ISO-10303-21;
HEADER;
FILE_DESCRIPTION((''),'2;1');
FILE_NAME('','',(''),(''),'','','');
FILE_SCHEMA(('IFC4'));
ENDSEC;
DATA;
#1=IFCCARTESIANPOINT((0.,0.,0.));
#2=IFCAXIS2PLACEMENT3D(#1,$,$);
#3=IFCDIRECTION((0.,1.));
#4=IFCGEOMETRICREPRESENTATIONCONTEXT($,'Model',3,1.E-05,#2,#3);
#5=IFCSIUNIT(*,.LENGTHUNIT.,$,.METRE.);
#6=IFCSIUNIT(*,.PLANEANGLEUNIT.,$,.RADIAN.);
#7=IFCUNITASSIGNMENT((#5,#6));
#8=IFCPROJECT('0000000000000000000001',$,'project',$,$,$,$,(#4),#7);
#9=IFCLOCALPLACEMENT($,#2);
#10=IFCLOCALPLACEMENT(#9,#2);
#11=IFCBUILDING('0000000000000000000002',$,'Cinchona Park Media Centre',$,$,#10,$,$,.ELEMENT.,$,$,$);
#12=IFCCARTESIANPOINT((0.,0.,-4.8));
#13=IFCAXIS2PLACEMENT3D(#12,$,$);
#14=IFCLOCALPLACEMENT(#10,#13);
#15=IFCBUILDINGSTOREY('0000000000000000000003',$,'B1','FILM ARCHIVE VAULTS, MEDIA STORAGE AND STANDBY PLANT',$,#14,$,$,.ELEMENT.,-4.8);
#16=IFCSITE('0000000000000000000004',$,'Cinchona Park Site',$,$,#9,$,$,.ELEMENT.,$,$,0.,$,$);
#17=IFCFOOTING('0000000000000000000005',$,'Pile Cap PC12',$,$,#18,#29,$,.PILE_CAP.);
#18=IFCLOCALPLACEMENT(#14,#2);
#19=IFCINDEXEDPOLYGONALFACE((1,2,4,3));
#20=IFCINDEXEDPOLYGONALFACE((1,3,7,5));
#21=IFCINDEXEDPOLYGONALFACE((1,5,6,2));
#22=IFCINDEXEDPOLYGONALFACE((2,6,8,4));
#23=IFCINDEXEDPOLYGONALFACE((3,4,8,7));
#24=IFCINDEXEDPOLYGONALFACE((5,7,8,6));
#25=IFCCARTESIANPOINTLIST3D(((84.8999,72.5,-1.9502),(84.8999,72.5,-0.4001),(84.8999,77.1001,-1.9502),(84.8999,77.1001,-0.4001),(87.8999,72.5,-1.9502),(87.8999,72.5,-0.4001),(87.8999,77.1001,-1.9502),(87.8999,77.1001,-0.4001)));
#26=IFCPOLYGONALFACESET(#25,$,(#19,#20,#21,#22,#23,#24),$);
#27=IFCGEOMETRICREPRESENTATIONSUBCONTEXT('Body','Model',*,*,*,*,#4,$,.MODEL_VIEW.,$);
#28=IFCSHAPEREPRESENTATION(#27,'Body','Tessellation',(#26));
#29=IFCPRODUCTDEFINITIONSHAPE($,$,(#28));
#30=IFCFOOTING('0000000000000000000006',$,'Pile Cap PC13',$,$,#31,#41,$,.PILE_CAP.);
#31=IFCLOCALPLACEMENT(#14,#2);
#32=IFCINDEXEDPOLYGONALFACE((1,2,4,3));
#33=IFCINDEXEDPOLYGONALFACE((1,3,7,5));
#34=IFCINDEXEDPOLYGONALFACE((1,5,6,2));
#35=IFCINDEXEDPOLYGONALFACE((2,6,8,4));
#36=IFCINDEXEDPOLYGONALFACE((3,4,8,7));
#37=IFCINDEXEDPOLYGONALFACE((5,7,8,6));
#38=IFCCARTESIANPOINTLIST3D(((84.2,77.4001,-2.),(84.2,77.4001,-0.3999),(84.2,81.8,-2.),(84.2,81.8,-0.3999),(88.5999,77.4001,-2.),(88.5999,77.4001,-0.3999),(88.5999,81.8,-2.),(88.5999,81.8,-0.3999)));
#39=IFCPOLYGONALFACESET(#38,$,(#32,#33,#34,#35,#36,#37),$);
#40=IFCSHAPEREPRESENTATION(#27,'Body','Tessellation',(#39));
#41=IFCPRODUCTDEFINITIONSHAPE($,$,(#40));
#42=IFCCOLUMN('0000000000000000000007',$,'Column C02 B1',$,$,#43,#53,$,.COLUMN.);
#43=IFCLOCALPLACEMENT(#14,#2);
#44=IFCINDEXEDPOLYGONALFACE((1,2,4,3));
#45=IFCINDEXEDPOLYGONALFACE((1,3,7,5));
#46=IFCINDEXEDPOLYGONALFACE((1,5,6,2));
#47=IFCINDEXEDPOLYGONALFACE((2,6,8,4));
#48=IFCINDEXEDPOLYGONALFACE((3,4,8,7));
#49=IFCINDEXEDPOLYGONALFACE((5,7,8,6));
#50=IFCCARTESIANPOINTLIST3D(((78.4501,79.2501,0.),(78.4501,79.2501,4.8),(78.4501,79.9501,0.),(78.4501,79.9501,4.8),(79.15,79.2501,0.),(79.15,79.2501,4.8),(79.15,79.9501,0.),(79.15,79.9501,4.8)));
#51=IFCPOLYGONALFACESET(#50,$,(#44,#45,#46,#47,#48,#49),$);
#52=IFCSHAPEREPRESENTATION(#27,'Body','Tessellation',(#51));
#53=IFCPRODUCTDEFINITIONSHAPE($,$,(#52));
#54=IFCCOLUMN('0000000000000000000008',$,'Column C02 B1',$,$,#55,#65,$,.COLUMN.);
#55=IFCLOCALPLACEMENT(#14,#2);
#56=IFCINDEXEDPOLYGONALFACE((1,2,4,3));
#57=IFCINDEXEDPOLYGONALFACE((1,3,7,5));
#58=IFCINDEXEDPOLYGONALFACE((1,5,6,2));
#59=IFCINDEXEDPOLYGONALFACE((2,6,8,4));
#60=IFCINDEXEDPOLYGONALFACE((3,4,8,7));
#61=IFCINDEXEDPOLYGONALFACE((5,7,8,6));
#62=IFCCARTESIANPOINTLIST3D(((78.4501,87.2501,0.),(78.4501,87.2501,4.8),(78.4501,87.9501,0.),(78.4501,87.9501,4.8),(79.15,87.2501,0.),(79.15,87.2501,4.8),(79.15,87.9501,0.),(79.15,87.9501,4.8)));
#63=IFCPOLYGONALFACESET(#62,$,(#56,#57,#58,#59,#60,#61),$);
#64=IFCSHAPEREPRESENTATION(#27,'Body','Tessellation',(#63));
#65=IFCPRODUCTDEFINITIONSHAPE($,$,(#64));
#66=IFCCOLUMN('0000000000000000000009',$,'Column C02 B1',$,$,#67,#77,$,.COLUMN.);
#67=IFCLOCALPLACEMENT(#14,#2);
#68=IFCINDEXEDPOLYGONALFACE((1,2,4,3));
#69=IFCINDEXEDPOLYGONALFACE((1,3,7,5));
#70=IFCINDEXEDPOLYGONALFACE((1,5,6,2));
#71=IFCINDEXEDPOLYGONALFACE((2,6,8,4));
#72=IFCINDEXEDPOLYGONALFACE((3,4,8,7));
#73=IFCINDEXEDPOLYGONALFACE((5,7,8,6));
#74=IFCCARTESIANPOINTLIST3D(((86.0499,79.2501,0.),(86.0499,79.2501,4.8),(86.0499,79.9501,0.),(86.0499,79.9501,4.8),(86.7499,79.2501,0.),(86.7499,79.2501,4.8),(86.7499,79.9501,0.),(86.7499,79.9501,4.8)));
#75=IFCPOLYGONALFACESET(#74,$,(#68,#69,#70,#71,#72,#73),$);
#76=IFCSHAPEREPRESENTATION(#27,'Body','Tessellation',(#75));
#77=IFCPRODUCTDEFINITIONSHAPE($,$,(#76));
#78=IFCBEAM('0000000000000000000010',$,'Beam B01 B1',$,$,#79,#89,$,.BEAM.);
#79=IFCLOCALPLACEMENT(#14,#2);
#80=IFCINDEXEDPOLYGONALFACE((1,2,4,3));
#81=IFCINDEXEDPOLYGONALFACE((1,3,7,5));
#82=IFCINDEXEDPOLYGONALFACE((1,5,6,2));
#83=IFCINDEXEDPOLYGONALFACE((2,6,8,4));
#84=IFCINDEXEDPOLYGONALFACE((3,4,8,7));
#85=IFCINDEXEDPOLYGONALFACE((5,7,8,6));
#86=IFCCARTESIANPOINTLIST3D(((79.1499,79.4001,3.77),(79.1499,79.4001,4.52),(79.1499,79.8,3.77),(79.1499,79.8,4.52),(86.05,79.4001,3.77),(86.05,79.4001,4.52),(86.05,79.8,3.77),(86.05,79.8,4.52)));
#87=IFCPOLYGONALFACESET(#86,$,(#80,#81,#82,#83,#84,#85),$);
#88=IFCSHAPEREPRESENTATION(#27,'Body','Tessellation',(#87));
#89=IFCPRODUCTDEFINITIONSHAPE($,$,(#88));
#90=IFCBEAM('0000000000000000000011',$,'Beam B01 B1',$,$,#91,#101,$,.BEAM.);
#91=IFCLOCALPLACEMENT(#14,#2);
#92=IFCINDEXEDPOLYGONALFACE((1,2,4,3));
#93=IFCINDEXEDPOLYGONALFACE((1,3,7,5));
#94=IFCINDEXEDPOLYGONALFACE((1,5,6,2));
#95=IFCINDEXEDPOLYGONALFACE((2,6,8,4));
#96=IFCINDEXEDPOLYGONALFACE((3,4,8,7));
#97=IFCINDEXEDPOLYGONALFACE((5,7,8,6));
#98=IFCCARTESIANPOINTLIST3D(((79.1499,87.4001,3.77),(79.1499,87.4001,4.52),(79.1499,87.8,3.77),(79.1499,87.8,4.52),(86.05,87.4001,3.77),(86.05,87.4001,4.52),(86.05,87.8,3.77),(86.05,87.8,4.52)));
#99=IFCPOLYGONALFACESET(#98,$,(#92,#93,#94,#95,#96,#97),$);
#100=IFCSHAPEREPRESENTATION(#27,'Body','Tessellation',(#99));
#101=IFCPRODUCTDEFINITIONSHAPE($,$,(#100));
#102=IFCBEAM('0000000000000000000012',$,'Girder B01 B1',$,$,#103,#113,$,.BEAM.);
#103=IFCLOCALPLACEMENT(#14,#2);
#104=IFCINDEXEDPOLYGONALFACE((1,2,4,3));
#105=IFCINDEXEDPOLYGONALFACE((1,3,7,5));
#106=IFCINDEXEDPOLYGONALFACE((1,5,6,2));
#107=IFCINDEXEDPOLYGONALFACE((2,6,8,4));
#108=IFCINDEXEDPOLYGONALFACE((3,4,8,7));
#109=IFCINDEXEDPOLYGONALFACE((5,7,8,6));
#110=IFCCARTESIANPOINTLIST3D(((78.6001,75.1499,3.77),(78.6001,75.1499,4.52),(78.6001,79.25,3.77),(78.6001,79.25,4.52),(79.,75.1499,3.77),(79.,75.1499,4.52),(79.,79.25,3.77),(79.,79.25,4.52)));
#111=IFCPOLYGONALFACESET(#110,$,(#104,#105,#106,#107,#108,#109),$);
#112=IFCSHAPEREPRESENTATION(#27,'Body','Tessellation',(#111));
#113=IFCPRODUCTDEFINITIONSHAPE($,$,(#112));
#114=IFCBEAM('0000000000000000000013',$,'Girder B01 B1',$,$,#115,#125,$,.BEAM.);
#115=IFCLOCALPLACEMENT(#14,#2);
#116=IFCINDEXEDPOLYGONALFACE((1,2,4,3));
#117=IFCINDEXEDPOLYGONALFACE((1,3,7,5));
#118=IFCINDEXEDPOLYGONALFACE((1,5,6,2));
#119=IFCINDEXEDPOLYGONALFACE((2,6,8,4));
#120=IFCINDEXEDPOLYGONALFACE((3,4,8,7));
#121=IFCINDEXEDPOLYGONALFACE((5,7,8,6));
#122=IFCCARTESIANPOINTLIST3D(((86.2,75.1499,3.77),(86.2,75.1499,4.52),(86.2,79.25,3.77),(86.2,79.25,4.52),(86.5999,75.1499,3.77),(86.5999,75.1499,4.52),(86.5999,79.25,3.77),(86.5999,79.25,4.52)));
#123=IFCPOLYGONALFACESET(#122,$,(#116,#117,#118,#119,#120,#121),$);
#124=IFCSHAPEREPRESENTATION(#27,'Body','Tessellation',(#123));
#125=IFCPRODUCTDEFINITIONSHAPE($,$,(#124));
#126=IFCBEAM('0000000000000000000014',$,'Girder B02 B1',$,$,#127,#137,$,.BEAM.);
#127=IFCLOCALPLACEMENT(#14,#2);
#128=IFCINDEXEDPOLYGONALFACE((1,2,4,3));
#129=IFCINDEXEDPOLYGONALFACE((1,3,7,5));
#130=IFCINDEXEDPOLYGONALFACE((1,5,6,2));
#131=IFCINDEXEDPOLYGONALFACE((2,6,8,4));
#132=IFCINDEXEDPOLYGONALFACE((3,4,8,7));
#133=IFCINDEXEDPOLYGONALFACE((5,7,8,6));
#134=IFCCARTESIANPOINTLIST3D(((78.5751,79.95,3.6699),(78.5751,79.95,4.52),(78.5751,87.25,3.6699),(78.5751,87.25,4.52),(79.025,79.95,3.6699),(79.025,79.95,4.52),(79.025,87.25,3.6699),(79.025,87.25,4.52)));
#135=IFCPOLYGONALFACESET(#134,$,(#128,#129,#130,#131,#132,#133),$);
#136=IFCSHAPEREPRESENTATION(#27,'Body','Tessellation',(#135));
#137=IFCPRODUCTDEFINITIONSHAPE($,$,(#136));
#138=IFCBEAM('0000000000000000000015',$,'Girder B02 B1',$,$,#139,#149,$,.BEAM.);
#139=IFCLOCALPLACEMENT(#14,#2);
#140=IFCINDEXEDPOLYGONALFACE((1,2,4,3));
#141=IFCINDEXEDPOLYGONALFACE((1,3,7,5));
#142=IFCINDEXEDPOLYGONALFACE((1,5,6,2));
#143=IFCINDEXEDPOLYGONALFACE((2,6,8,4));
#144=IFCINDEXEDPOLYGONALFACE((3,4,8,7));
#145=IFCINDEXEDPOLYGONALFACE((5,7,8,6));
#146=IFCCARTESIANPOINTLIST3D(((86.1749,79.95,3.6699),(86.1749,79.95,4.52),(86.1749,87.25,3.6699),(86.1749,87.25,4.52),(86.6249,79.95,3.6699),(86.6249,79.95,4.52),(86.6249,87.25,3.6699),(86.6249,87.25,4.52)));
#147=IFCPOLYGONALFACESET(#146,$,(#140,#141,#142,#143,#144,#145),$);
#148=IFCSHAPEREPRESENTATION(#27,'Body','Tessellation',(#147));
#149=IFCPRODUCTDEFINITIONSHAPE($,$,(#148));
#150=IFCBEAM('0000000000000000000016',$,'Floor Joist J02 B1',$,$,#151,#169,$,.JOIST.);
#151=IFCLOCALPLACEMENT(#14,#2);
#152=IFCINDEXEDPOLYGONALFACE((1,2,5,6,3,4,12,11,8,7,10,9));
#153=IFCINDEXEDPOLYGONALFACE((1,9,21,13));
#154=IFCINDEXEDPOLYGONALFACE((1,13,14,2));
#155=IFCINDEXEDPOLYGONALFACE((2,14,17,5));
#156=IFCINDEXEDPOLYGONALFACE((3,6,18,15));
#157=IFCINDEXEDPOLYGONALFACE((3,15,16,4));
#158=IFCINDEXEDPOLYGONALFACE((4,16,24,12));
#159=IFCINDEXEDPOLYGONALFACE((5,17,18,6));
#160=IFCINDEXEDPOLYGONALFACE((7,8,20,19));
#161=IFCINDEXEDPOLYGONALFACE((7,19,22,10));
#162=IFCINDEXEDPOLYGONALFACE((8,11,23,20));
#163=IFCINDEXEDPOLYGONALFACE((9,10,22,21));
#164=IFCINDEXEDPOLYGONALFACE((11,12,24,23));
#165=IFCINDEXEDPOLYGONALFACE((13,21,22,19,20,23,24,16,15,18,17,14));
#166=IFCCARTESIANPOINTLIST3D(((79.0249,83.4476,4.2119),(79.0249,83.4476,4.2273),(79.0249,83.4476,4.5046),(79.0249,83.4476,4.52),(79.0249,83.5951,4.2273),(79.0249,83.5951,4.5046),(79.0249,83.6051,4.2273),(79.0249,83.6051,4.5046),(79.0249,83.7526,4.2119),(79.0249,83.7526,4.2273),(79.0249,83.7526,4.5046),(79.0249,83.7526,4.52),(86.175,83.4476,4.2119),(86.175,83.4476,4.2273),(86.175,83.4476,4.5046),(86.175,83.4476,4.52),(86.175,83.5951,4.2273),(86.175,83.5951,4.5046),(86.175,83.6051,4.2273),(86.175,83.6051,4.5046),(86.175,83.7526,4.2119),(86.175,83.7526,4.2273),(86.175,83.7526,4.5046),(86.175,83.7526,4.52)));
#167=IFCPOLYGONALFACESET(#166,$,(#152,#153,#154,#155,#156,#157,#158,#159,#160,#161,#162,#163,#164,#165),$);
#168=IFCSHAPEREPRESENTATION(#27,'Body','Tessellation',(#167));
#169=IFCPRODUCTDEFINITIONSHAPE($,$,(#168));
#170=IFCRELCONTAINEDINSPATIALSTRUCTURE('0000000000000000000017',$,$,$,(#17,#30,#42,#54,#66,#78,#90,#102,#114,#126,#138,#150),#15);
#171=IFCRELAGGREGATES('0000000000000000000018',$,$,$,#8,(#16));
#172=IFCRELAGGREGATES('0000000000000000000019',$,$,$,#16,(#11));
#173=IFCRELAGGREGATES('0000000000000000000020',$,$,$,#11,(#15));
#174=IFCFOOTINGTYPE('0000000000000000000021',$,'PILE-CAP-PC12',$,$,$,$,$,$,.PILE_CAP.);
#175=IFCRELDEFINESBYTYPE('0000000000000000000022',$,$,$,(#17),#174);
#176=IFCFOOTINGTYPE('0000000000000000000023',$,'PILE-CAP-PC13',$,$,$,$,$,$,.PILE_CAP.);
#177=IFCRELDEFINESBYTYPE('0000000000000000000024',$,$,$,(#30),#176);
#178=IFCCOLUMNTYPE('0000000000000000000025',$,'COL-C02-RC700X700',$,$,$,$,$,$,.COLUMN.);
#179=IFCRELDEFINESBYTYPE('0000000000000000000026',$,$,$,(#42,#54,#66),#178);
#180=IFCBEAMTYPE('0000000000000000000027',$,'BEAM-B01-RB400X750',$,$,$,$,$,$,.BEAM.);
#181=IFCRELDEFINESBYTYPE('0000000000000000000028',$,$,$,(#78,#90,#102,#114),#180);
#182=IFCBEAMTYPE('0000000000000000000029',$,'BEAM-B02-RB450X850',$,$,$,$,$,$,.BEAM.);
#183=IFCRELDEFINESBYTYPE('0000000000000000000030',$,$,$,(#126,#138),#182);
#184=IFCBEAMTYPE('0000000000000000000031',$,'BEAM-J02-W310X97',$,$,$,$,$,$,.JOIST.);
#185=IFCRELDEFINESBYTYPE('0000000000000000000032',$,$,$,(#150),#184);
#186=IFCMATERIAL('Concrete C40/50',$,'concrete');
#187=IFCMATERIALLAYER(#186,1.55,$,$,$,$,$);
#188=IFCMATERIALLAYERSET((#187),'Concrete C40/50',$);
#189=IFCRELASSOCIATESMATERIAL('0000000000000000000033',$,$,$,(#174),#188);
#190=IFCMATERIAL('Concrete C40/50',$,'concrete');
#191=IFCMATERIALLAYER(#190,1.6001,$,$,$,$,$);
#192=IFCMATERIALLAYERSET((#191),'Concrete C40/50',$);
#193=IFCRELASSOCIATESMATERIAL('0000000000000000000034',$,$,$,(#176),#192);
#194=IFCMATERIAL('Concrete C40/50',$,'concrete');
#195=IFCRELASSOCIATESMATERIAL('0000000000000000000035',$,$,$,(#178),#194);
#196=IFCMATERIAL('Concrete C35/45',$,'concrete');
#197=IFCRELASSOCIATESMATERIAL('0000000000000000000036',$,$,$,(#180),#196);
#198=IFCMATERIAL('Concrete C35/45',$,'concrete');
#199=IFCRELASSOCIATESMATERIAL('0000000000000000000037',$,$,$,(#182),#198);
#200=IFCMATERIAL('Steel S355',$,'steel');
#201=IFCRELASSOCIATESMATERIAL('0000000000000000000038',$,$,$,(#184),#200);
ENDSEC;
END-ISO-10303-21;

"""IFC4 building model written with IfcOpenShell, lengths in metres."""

from ifc_helpers import new_model, si_unit, direction, frame, origin, origin_2d, place, context, subcontext, project, spatial, rectangle, i_section, extrude, material, layer, layer_set, material_profile, profile_set, type_object, element, save


model = new_model("IFC4")

# Units and contexts
model_context = context("Model", 3, precision=1e-05, world=origin(), true_north=direction((0.0, 1.0)))
body_context = subcontext(model_context, "Body", "Model", "MODEL_VIEW")
ifc_project = project(units=[si_unit("LENGTHUNIT", "METRE"), si_unit("PLANEANGLEUNIT", "RADIAN")], contexts=[model_context])

# Site, building, storey
site_placement = place(None, origin())
site = spatial("IfcSite", under=ifc_project, at=site_placement, Name="Cinchona Park Site", CompositionType="ELEMENT", RefElevation=0.0)
building_placement = place(site_placement, origin())
building = spatial("IfcBuilding", under=site, at=building_placement, Name="Cinchona Park Media Centre", CompositionType="ELEMENT")
storey_placement = place(building_placement, frame((0.0, 0.0, -4.8)))
storey = spatial("IfcBuildingStorey", under=building, at=storey_placement, Name="B1", Description="FILM ARCHIVE VAULTS, MEDIA STORAGE AND STANDBY PLANT", CompositionType="ELEMENT", Elevation=-4.8)

# Footings
ifc_material_1 = material(Name="Concrete C40/50", Category="concrete")
ifc_layer_1 = layer(ifc_material_1, 1.55)
ifc_layer_set_1 = layer_set([ifc_layer_1], Name="Concrete C40/50")
footing_type_1 = type_object("IfcFootingType", Name="PILE-CAP-PC12", PredefinedType="PILE_CAP", material=ifc_layer_set_1)
footing_1_placement = place(storey_placement, frame((86.3999, 74.8, -1.9502), z_axis=(0.0, 0.0, 1.0), x_axis=(1.0, 0.0, 0.0)))
element("IfcFooting", 1, at=footing_1_placement, inside=storey, type_object=footing_type_1, Name="Pile Cap PC12", PredefinedType="PILE_CAP", context=body_context, shape_type="SweptSolid", body=[
    extrude(rectangle(XDim=3.0, YDim=4.6001, at=origin_2d()), origin(), (0.0, 0.0, 1.0), 1.55),
])
ifc_material_2 = material(Name="Concrete C40/50", Category="concrete")
ifc_layer_2 = layer(ifc_material_2, 1.6001)
ifc_layer_set_2 = layer_set([ifc_layer_2], Name="Concrete C40/50")
footing_type_2 = type_object("IfcFootingType", Name="PILE-CAP-PC13", PredefinedType="PILE_CAP", material=ifc_layer_set_2)
footing_2_placement = place(storey_placement, frame((86.3999, 79.6001, -2.0), z_axis=(0.0, 0.0, 1.0), x_axis=(1.0, 0.0, 0.0)))
element("IfcFooting", 2, at=footing_2_placement, inside=storey, type_object=footing_type_2, Name="Pile Cap PC13", PredefinedType="PILE_CAP", context=body_context, shape_type="SweptSolid", body=[
    extrude(rectangle(XDim=4.3999, YDim=4.3999, at=origin_2d()), origin(), (0.0, 0.0, 1.0), 1.6001),
])

# Columns
ifc_material_3 = material(Name="Concrete C40/50", Category="concrete")
ifc_material_profile_1 = material_profile(ifc_material_3, rectangle(XDim=0.7, YDim=0.7, at=origin_2d()), Name="RC 700X700")
ifc_profile_set_1 = profile_set([ifc_material_profile_1], Name="Concrete C40/50")
column_type = type_object("IfcColumnType", Name="COL-C02-RC700X700", PredefinedType="COLUMN", material=ifc_profile_set_1)
for number, where, z_axis, x_axis, name in (
    (3, (78.8, 79.6001, 0.0), (0.0, 0.0, 1.0), (1.0, 0.0, 0.0), "Column C02 B1"),
    (4, (78.8, 87.6001, 0.0), (0.0, 0.0, 1.0), (1.0, 0.0, 0.0), "Column C02 B1"),
    (5, (86.3999, 79.6001, 0.0), (0.0, 0.0, 1.0), (1.0, 0.0, 0.0), "Column C02 B1"),
):
    element("IfcColumn", number, at=place(storey_placement, frame(where, z_axis=z_axis, x_axis=x_axis)), inside=storey, type_object=column_type, Name=name, PredefinedType="COLUMN", context=body_context, shape_type="SweptSolid", body=[
        extrude(rectangle(XDim=0.7, YDim=0.7, at=origin_2d()), origin(), (0.0, 0.0, 1.0), 4.8),
    ])

# Beams
ifc_material_4 = material(Name="Concrete C35/45", Category="concrete")
ifc_material_profile_2 = material_profile(ifc_material_4, rectangle(XDim=0.3999, YDim=0.75, at=origin_2d()), Name="RB 400X750")
ifc_profile_set_2 = profile_set([ifc_material_profile_2], Name="Concrete C35/45")
beam_type_1 = type_object("IfcBeamType", Name="BEAM-B01-RB400X750", PredefinedType="BEAM", material=ifc_profile_set_2)
for number, where, z_axis, x_axis, name in (
    (6, (79.1499, 79.6001, 4.145), (1.0, 0.0, 0.0), (0.0, 1.0, 0.0), "Beam B01 B1"),
    (7, (79.1499, 87.6001, 4.145), (1.0, 0.0, 0.0), (0.0, 1.0, 0.0), "Beam B01 B1"),
):
    element("IfcBeam", number, at=place(storey_placement, frame(where, z_axis=z_axis, x_axis=x_axis)), inside=storey, type_object=beam_type_1, Name=name, PredefinedType="BEAM", context=body_context, shape_type="SweptSolid", body=[
        extrude(rectangle(XDim=0.3999, YDim=0.75, at=origin_2d()), origin(), (0.0, 0.0, 1.0), 6.9001),
    ])
for number, where, z_axis, x_axis, name in (
    (8, (78.8, 75.1499, 4.145), (0.0, 1.0, 0.0), (-1.0, 0.0, 0.0), "Girder B01 B1"),
    (9, (86.3999, 75.1499, 4.145), (0.0, 1.0, 0.0), (-1.0, 0.0, 0.0), "Girder B01 B1"),
):
    element("IfcBeam", number, at=place(storey_placement, frame(where, z_axis=z_axis, x_axis=x_axis)), inside=storey, type_object=beam_type_1, Name=name, PredefinedType="BEAM", context=body_context, shape_type="SweptSolid", body=[
        extrude(rectangle(XDim=0.3999, YDim=0.75, at=origin_2d()), origin(), (0.0, 0.0, 1.0), 4.1001),
    ])
ifc_material_5 = material(Name="Concrete C35/45", Category="concrete")
ifc_material_profile_3 = material_profile(ifc_material_5, rectangle(XDim=0.45, YDim=0.8501, at=origin_2d()), Name="RB 450X850")
ifc_profile_set_3 = profile_set([ifc_material_profile_3], Name="Concrete C35/45")
beam_type_2 = type_object("IfcBeamType", Name="BEAM-B02-RB450X850", PredefinedType="BEAM", material=ifc_profile_set_3)
for number, where, z_axis, x_axis, name in (
    (10, (78.8, 79.95, 4.095), (0.0, 1.0, 0.0), (-1.0, 0.0, 0.0), "Girder B02 B1"),
    (11, (86.3999, 79.95, 4.095), (0.0, 1.0, 0.0), (-1.0, 0.0, 0.0), "Girder B02 B1"),
):
    element("IfcBeam", number, at=place(storey_placement, frame(where, z_axis=z_axis, x_axis=x_axis)), inside=storey, type_object=beam_type_2, Name=name, PredefinedType="BEAM", context=body_context, shape_type="SweptSolid", body=[
        extrude(rectangle(XDim=0.45, YDim=0.8501, at=origin_2d()), origin(), (0.0, 0.0, 1.0), 7.3),
    ])
ifc_material_6 = material(Name="Steel S355", Category="steel")
ifc_material_profile_4 = material_profile(ifc_material_6, i_section(OverallWidth=0.3049, OverallDepth=0.3081, WebThickness=0.01, FlangeThickness=0.0154, at=origin_2d()), Name="W310X97")
ifc_profile_set_4 = profile_set([ifc_material_profile_4], Name="Steel S355")
beam_type_3 = type_object("IfcBeamType", Name="BEAM-J02-W310X97", PredefinedType="JOIST", material=ifc_profile_set_4)
beam_placement = place(storey_placement, frame((79.0249, 83.6001, 4.366), z_axis=(1.0, 0.0, 0.0), x_axis=(0.0, 1.0, 0.0)))
element("IfcBeam", 12, at=beam_placement, inside=storey, type_object=beam_type_3, Name="Floor Joist J02 B1", PredefinedType="JOIST", context=body_context, shape_type="SweptSolid", body=[
    extrude(i_section(OverallWidth=0.3049, OverallDepth=0.3081, WebThickness=0.01, FlangeThickness=0.0154, at=origin_2d()), origin(), (0.0, 0.0, 1.0), 7.1501),
])

save(model, "model.ifc")
